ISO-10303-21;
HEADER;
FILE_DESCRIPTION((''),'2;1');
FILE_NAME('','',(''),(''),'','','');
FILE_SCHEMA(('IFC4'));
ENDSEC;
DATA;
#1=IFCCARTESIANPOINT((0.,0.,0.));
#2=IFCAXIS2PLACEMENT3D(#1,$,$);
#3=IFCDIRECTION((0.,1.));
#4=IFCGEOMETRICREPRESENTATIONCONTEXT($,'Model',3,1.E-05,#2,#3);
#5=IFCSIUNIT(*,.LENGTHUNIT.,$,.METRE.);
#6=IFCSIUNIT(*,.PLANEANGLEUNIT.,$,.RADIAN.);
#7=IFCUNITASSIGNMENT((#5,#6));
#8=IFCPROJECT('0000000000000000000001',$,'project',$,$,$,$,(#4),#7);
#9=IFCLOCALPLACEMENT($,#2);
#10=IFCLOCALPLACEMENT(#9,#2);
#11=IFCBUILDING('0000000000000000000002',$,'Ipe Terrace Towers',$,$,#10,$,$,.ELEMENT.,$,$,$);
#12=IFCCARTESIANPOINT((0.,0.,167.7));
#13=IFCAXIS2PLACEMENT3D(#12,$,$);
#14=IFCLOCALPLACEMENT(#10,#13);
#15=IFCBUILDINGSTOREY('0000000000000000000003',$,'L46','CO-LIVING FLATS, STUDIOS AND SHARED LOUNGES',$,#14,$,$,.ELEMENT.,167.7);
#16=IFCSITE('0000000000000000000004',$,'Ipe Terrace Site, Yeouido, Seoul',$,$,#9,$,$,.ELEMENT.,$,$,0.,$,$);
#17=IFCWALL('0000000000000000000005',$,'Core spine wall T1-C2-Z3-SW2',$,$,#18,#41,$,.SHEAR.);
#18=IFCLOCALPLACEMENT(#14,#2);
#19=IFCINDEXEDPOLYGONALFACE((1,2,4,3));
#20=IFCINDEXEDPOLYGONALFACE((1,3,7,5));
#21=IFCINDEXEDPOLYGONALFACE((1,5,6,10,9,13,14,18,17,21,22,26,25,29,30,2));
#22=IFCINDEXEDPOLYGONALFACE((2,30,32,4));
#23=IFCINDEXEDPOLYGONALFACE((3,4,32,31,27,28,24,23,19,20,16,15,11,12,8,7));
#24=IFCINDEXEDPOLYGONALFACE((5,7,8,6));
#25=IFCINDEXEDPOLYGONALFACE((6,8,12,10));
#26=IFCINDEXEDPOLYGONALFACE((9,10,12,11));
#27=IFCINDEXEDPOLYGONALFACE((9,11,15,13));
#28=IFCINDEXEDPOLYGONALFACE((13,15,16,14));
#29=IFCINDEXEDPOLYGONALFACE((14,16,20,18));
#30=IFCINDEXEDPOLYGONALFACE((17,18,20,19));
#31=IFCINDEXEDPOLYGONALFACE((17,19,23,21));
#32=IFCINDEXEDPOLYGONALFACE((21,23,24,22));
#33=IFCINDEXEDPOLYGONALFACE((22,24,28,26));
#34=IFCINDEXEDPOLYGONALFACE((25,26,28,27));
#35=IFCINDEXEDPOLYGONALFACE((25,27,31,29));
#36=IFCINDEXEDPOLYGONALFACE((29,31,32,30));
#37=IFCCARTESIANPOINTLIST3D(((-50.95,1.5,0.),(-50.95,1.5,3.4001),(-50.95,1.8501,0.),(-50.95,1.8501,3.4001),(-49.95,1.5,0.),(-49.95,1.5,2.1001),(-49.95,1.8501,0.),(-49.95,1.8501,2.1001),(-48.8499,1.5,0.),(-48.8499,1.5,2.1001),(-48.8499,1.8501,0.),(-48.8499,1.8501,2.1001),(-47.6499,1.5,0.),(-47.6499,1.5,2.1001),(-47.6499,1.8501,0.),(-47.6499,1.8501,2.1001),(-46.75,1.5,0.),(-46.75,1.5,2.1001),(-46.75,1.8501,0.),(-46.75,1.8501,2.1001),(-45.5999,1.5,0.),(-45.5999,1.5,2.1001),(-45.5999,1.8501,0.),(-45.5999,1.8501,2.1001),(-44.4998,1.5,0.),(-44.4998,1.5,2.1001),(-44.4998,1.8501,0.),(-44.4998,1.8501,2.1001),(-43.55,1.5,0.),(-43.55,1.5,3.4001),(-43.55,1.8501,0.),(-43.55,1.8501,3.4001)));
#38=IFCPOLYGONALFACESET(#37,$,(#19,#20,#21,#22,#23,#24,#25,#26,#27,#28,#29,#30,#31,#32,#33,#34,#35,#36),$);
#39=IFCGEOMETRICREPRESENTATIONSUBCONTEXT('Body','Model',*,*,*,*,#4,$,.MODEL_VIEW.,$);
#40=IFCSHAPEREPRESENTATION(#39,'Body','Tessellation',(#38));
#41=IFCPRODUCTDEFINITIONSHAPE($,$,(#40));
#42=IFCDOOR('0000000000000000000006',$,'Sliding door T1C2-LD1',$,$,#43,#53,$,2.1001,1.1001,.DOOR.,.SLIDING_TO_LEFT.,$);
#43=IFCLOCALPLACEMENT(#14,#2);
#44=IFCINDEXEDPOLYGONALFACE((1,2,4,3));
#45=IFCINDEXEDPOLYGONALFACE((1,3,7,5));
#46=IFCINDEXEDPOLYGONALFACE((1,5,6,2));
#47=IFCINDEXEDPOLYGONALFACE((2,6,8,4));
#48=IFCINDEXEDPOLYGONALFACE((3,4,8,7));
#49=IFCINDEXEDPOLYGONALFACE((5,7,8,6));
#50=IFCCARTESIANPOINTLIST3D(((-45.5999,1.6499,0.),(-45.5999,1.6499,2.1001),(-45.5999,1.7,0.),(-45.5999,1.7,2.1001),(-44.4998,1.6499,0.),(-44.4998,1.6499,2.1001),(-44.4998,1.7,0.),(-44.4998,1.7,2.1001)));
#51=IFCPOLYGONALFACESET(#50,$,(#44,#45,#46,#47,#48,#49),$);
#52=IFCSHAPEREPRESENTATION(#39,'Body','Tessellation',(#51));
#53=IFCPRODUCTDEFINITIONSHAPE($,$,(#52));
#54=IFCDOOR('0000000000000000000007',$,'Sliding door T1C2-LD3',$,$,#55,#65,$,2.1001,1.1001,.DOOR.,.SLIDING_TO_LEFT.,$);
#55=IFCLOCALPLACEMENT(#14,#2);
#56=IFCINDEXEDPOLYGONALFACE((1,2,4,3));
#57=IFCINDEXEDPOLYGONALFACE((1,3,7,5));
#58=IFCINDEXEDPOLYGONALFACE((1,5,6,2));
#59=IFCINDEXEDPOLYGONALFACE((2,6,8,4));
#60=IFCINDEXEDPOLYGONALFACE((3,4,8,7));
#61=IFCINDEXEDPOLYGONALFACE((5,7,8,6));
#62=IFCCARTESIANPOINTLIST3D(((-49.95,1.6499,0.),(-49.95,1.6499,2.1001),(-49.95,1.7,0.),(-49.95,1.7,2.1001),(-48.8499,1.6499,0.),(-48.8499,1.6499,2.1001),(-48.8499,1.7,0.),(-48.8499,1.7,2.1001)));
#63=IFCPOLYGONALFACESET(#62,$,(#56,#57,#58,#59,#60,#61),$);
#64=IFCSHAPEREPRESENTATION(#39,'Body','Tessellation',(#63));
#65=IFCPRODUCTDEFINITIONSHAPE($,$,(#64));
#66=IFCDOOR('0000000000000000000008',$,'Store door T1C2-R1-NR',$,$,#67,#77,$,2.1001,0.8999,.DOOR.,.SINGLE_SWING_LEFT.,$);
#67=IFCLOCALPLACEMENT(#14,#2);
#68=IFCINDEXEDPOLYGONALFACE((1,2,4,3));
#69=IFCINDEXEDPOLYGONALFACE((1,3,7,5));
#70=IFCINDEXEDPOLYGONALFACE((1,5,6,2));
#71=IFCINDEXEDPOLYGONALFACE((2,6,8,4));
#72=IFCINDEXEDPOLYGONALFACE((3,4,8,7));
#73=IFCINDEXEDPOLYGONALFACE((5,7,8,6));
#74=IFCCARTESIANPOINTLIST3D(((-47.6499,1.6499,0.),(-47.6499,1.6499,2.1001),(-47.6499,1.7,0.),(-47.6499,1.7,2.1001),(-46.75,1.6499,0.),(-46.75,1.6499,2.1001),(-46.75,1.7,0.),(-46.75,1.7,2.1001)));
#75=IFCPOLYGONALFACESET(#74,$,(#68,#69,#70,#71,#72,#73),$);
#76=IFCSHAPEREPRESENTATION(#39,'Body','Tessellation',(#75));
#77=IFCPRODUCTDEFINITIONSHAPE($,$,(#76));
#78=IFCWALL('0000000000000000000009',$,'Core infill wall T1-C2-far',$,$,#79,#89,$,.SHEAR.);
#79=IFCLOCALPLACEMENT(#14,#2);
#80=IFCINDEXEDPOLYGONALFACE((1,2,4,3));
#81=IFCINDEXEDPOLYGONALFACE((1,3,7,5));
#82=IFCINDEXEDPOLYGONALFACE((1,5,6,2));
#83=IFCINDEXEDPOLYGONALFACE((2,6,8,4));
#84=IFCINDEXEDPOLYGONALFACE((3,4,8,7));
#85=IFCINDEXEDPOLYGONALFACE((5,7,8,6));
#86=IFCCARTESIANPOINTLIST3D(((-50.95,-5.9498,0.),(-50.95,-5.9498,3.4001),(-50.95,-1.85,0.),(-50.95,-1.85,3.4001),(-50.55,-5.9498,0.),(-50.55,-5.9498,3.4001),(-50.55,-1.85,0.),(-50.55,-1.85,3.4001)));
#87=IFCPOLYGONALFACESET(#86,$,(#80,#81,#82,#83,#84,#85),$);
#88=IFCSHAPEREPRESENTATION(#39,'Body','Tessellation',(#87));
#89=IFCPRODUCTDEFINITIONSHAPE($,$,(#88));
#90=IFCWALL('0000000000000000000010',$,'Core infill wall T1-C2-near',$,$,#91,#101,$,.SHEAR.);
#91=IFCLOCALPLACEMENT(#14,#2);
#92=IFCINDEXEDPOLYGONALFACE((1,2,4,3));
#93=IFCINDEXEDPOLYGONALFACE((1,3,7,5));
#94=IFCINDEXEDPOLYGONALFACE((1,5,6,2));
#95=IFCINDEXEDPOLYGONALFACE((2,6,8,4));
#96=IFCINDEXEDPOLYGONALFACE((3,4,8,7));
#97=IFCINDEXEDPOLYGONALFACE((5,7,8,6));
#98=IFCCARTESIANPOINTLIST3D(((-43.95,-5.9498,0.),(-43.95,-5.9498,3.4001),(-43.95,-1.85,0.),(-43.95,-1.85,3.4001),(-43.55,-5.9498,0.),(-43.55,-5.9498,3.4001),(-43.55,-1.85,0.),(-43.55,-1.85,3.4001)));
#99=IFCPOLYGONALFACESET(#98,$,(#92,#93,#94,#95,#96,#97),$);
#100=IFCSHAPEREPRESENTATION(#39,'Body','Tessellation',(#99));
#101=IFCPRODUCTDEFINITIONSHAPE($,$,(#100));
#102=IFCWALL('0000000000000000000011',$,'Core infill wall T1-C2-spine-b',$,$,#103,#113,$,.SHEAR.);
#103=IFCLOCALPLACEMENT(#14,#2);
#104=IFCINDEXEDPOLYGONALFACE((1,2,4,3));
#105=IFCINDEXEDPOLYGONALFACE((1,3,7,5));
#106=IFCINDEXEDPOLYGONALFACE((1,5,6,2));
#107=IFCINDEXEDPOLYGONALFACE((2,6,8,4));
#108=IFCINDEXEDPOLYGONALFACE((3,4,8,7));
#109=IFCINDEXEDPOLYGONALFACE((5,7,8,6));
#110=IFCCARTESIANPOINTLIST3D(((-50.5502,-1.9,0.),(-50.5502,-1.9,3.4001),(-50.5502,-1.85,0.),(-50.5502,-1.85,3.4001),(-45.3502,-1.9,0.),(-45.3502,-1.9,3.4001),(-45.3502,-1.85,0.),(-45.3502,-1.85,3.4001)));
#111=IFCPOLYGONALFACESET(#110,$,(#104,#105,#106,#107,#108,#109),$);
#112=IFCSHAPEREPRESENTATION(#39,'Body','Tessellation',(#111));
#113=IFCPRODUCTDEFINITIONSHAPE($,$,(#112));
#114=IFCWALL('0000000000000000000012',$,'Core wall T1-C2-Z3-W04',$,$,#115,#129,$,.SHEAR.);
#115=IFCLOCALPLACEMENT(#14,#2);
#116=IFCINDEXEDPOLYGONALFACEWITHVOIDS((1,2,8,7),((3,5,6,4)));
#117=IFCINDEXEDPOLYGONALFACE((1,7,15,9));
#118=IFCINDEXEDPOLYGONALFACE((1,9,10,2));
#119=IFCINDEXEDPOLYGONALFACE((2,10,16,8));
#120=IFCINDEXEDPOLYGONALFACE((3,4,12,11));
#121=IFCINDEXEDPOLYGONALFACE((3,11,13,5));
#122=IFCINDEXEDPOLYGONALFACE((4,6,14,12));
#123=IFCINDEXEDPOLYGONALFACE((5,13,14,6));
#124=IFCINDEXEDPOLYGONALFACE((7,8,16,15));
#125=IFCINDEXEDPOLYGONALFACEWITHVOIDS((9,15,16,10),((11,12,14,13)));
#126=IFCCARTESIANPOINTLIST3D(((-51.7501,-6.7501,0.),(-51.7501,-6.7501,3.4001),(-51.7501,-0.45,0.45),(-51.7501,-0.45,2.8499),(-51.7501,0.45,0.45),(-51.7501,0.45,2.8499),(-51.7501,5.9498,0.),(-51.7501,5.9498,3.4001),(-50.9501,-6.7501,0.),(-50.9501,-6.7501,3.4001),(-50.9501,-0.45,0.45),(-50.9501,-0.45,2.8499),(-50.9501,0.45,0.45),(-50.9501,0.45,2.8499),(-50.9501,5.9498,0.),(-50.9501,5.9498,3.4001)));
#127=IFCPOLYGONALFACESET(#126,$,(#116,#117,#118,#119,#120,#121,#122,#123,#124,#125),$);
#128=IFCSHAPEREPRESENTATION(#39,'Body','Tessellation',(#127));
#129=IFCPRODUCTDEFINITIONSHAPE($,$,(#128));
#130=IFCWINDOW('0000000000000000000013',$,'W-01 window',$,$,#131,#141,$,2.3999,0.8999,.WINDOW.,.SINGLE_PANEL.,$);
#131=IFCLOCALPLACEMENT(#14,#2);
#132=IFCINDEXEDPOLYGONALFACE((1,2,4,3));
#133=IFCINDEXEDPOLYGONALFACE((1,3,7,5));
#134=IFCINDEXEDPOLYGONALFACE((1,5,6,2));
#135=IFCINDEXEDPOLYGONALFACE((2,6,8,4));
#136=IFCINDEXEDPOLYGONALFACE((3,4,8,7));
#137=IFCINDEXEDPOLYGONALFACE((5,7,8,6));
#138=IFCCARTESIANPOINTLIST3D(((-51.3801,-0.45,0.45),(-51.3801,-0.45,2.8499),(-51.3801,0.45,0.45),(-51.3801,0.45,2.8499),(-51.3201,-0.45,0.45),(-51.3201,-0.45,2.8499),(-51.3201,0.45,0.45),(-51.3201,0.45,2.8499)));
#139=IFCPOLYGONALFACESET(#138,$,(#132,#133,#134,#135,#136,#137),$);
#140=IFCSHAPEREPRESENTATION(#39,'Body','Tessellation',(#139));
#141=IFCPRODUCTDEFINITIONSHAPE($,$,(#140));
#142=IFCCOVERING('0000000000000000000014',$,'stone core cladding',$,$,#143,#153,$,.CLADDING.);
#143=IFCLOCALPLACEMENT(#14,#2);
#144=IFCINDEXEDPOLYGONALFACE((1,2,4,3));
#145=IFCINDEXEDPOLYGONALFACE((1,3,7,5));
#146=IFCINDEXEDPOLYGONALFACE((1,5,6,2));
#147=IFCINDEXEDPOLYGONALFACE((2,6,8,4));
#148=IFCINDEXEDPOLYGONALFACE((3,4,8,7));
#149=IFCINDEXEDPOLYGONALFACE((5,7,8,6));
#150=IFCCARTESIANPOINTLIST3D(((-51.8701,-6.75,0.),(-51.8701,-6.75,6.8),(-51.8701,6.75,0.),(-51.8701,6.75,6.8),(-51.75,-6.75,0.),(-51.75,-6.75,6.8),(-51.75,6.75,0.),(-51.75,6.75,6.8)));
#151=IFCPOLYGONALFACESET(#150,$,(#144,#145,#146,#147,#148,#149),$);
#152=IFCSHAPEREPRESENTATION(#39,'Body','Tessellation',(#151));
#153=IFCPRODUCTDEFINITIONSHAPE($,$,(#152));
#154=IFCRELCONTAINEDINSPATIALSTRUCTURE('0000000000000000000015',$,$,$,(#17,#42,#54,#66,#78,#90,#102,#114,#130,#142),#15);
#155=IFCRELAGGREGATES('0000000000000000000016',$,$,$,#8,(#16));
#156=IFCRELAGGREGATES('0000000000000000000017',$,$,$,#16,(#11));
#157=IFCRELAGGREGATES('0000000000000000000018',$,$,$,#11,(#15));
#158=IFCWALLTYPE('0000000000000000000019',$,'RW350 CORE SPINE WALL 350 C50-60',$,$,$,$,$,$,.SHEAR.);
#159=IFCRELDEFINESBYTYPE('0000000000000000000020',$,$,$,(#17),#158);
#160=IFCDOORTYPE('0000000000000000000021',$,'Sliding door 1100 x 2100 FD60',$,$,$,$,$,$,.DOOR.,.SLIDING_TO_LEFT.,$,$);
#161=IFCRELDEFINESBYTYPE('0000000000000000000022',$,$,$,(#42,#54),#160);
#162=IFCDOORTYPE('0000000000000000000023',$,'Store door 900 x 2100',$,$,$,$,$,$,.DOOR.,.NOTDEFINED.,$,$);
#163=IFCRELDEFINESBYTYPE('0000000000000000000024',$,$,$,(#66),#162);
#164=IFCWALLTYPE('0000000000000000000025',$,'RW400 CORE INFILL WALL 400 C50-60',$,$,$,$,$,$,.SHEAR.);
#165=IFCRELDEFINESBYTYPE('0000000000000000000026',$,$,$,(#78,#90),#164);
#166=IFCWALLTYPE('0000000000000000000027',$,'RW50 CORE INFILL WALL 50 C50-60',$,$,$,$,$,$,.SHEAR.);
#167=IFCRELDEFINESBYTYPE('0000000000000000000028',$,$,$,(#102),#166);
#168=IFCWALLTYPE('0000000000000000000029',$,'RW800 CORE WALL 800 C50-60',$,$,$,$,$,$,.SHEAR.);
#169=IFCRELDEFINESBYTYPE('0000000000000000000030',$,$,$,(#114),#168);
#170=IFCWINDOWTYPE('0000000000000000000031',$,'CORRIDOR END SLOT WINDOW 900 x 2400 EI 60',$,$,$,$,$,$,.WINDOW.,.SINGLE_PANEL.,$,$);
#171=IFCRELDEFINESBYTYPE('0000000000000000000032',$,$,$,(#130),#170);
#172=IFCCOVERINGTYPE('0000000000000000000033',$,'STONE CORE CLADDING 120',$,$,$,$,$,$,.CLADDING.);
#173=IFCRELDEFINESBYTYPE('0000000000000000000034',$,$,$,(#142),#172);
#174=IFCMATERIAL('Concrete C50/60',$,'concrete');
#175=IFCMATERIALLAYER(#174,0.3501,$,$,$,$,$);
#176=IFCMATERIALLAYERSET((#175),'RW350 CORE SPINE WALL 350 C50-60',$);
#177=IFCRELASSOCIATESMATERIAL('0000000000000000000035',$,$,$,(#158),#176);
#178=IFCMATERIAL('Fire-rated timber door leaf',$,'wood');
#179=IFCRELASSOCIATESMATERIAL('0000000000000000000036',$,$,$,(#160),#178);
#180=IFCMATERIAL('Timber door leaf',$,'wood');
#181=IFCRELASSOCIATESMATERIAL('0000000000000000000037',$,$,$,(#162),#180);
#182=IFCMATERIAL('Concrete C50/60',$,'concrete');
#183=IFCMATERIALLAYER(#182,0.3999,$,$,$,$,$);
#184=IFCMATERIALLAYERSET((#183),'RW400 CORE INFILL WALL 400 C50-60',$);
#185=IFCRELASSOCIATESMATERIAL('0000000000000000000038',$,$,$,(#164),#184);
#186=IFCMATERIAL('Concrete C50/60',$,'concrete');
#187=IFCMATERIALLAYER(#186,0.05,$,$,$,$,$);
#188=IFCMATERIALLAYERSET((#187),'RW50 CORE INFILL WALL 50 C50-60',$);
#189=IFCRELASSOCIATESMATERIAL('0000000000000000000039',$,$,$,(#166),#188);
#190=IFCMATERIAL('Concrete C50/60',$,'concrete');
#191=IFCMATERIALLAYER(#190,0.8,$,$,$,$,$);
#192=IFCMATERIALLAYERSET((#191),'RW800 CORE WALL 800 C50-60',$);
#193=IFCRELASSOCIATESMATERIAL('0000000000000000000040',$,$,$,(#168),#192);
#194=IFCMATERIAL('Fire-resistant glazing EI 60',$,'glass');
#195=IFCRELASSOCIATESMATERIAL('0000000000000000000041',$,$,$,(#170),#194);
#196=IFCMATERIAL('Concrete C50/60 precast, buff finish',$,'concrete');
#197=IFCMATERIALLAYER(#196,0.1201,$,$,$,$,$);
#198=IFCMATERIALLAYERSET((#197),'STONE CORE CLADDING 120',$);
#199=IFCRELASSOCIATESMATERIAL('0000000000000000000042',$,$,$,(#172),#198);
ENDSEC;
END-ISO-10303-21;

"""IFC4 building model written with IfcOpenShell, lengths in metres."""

from ifc_helpers import new_model, si_unit, direction, frame, frame_2d, origin, origin_2d, place, context, subcontext, project, spatial, rectangle, extrude, material, layer, layer_set, type_object, element, fill, save


model = new_model("IFC4")

# Units and contexts
model_context = context("Model", 3, precision=1e-05, world=origin(), true_north=direction((0.0, 1.0)))
body_context = subcontext(model_context, "Body", "Model", "MODEL_VIEW")
ifc_project = project(units=[si_unit("LENGTHUNIT", "METRE"), si_unit("PLANEANGLEUNIT", "RADIAN")], contexts=[model_context])

# Site, building, storey
site_placement = place(None, origin())
site = spatial("IfcSite", under=ifc_project, at=site_placement, Name="Ipe Terrace Site, Yeouido, Seoul", CompositionType="ELEMENT", RefElevation=0.0)
building_placement = place(site_placement, origin())
building = spatial("IfcBuilding", under=site, at=building_placement, Name="Ipe Terrace Towers", CompositionType="ELEMENT")
storey_placement = place(building_placement, frame((0.0, 0.0, 167.7)))
storey = spatial("IfcBuildingStorey", under=building, at=storey_placement, Name="L46", Description="CO-LIVING FLATS, STUDIOS AND SHARED LOUNGES", CompositionType="ELEMENT", Elevation=167.7)

# Shared definitions
ifc_material_1 = material(Name="Concrete C50/60", Category="concrete")
ifc_layer_1 = layer(ifc_material_1, 0.3501)
ifc_layer_set_1 = layer_set([ifc_layer_1], Name="RW350 CORE SPINE WALL 350 C50-60")
wall_type_1 = type_object("IfcWallType", Name="RW350 CORE SPINE WALL 350 C50-60", PredefinedType="SHEAR", material=ifc_layer_set_1)

# Wall, openings, doors
wall_1_placement = place(storey_placement, frame((-50.95, 1.675, 0.0), z_axis=(0.0, 0.0, 1.0), x_axis=(1.0, 0.0, 0.0)))
wall_1 = element("IfcWall", 1, at=wall_1_placement, inside=storey, type_object=wall_type_1, Name="Core spine wall T1-C2-Z3-SW2", PredefinedType="SHEAR", context=body_context, shape_type="SweptSolid", body=[
    extrude(rectangle(XDim=7.3999, YDim=0.3501, at=frame_2d((3.7, 0.0))), origin(), (0.0, 0.0, 1.0), 3.4001),
])
opening_1_placement = place(wall_1_placement, frame((5.3501, 0.0, 0.0)))
opening_1 = element("IfcOpeningElement", 2, at=opening_1_placement, cuts=wall_1, PredefinedType="OPENING", context=body_context, shape_type="SweptSolid", body=[
    extrude(rectangle(XDim=1.1001, YDim=2.1001, at=frame_2d((0.55, 1.05))), frame((0.0, 0.1851, 0.0), z_axis=(0.0, -1.0, 0.0), x_axis=(1.0, 0.0, 0.0)), (0.0, 0.0, 1.0), 0.3701),
])
opening_2_placement = place(wall_1_placement, frame((1.0, 0.0, 0.0)))
opening_2 = element("IfcOpeningElement", 3, at=opening_2_placement, cuts=wall_1, PredefinedType="OPENING", context=body_context, shape_type="SweptSolid", body=[
    extrude(rectangle(XDim=1.1001, YDim=2.1001, at=frame_2d((0.55, 1.05))), frame((0.0, 0.1851, 0.0), z_axis=(0.0, -1.0, 0.0), x_axis=(1.0, 0.0, 0.0)), (0.0, 0.0, 1.0), 0.3701),
])
opening_3_placement = place(wall_1_placement, frame((3.3, 0.0, 0.0)))
opening_3 = element("IfcOpeningElement", 4, at=opening_3_placement, cuts=wall_1, PredefinedType="OPENING", context=body_context, shape_type="SweptSolid", body=[
    extrude(rectangle(XDim=0.8999, YDim=2.1001, at=frame_2d((0.45, 1.05))), frame((0.0, 0.1851, 0.0), z_axis=(0.0, -1.0, 0.0), x_axis=(1.0, 0.0, 0.0)), (0.0, 0.0, 1.0), 0.3701),
])
ifc_material_2 = material(Name="Fire-rated timber door leaf", Category="wood")
door_type_1 = type_object("IfcDoorType", Name="Sliding door 1100 x 2100 FD60", OperationType="SLIDING_TO_LEFT", PredefinedType="DOOR", material=ifc_material_2)
door_1_placement = place(opening_1_placement, origin())
door_1 = element("IfcDoor", 5, at=door_1_placement, inside=storey, type_object=door_type_1, Name="Sliding door T1C2-LD1", OperationType="SLIDING_TO_LEFT", OverallHeight=2.1001, OverallWidth=1.1001, PredefinedType="DOOR", context=body_context, shape_type="SweptSolid", body=[
    extrude(rectangle(XDim=1.1001, YDim=2.1001, at=frame_2d((0.55, 1.05))), frame((0.0, 0.0249, 0.0), z_axis=(0.0, -1.0, 0.0), x_axis=(1.0, 0.0, 0.0)), (0.0, 0.0, 1.0), 0.05),
])
fill(opening_1, door_1)
door_2_placement = place(opening_2_placement, origin())
door_2 = element("IfcDoor", 6, at=door_2_placement, inside=storey, type_object=door_type_1, Name="Sliding door T1C2-LD3", OperationType="SLIDING_TO_LEFT", OverallHeight=2.1001, OverallWidth=1.1001, PredefinedType="DOOR", context=body_context, shape_type="SweptSolid", body=[
    extrude(rectangle(XDim=1.1001, YDim=2.1001, at=frame_2d((0.55, 1.05))), frame((0.0, 0.0249, 0.0), z_axis=(0.0, -1.0, 0.0), x_axis=(1.0, 0.0, 0.0)), (0.0, 0.0, 1.0), 0.05),
])
fill(opening_2, door_2)
ifc_material_3 = material(Name="Timber door leaf", Category="wood")
door_type_2 = type_object("IfcDoorType", Name="Store door 900 x 2100", OperationType="NOTDEFINED", PredefinedType="DOOR", material=ifc_material_3)
door_3_placement = place(opening_3_placement, origin())
door_3 = element("IfcDoor", 7, at=door_3_placement, inside=storey, type_object=door_type_2, Name="Store door T1C2-R1-NR", OperationType="SINGLE_SWING_LEFT", OverallHeight=2.1001, OverallWidth=0.8999, PredefinedType="DOOR", context=body_context, shape_type="SweptSolid", body=[
    extrude(rectangle(XDim=0.8999, YDim=2.1001, at=frame_2d((0.45, 1.05))), frame((0.0, 0.0249, 0.0), z_axis=(0.0, -1.0, 0.0), x_axis=(1.0, 0.0, 0.0)), (0.0, 0.0, 1.0), 0.05),
])
fill(opening_3, door_3)

# Walls
ifc_material_4 = material(Name="Concrete C50/60", Category="concrete")
ifc_layer_2 = layer(ifc_material_4, 0.3999)
ifc_layer_set_2 = layer_set([ifc_layer_2], Name="RW400 CORE INFILL WALL 400 C50-60")
wall_type_2 = type_object("IfcWallType", Name="RW400 CORE INFILL WALL 400 C50-60", PredefinedType="SHEAR", material=ifc_layer_set_2)
for number, where, z_axis, x_axis, name in (
    (8, (-50.75, -1.8501, 0.0), (0.0, 0.0, 1.0), (0.0, -1.0, 0.0), "Core infill wall T1-C2-far"),
    (9, (-43.75, -1.8501, 0.0), (0.0, 0.0, 1.0), (0.0, -1.0, 0.0), "Core infill wall T1-C2-near"),
):
    element("IfcWall", number, at=place(storey_placement, frame(where, z_axis=z_axis, x_axis=x_axis)), inside=storey, type_object=wall_type_2, Name=name, PredefinedType="SHEAR", context=body_context, shape_type="SweptSolid", body=[
        extrude(rectangle(XDim=4.0999, YDim=0.3999, at=frame_2d((2.0498, 0.0))), origin(), (0.0, 0.0, 1.0), 3.4001),
    ])
ifc_material_5 = material(Name="Concrete C50/60", Category="concrete")
ifc_layer_3 = layer(ifc_material_5, 0.05)
ifc_layer_set_3 = layer_set([ifc_layer_3], Name="RW50 CORE INFILL WALL 50 C50-60")
wall_type_3 = type_object("IfcWallType", Name="RW50 CORE INFILL WALL 50 C50-60", PredefinedType="SHEAR", material=ifc_layer_set_3)
wall_2_placement = place(storey_placement, frame((-45.3501, -1.875, 0.0), z_axis=(0.0, 0.0, 1.0), x_axis=(-1.0, 0.0, 0.0)))
element("IfcWall", 10, at=wall_2_placement, inside=storey, type_object=wall_type_3, Name="Core infill wall T1-C2-spine-b", PredefinedType="SHEAR", context=body_context, shape_type="SweptSolid", body=[
    extrude(rectangle(XDim=5.2, YDim=0.05, at=frame_2d((2.6001, 0.0))), origin(), (0.0, 0.0, 1.0), 3.4001),
])

# Wall, opening, window
ifc_material_6 = material(Name="Concrete C50/60", Category="concrete")
ifc_layer_4 = layer(ifc_material_6, 0.8)
ifc_layer_set_4 = layer_set([ifc_layer_4], Name="RW800 CORE WALL 800 C50-60")
wall_type_4 = type_object("IfcWallType", Name="RW800 CORE WALL 800 C50-60", PredefinedType="SHEAR", material=ifc_layer_set_4)
wall_3_placement = place(storey_placement, frame((-51.3501, 5.95, 0.0), z_axis=(0.0, 0.0, 1.0), x_axis=(0.0, -1.0, 0.0)))
wall_3 = element("IfcWall", 11, at=wall_3_placement, inside=storey, type_object=wall_type_4, Name="Core wall T1-C2-Z3-W04", PredefinedType="SHEAR", context=body_context, shape_type="SweptSolid", body=[
    extrude(rectangle(XDim=12.7, YDim=0.8, at=frame_2d((6.3501, 0.0))), origin(), (0.0, 0.0, 1.0), 3.4001),
])
opening_4_placement = place(wall_3_placement, frame((5.5, 0.0, 0.45)))
opening_4 = element("IfcOpeningElement", 12, at=opening_4_placement, cuts=wall_3, PredefinedType="OPENING", context=body_context, shape_type="SweptSolid", body=[
    extrude(rectangle(XDim=0.8999, YDim=2.3999, at=frame_2d((0.45, 1.2))), frame((0.0, 0.4102, 0.0), z_axis=(0.0, -1.0, 0.0), x_axis=(1.0, 0.0, 0.0)), (0.0, 0.0, 1.0), 0.8201),
])
ifc_material_7 = material(Name="Fire-resistant glazing EI 60", Category="glass")
window_type = type_object("IfcWindowType", Name="CORRIDOR END SLOT WINDOW 900 x 2400 EI 60", PartitioningType="SINGLE_PANEL", PredefinedType="WINDOW", material=ifc_material_7)
window_placement = place(opening_4_placement, origin())
window = element("IfcWindow", 13, at=window_placement, inside=storey, type_object=window_type, Name="W-01 window", OverallHeight=2.3999, OverallWidth=0.8999, PartitioningType="SINGLE_PANEL", PredefinedType="WINDOW", context=body_context, shape_type="SweptSolid", body=[
    extrude(rectangle(XDim=0.8999, YDim=2.3999, at=frame_2d((0.45, 1.2))), frame((0.0, 0.03, 0.0), z_axis=(0.0, -1.0, 0.0), x_axis=(1.0, 0.0, 0.0)), (0.0, 0.0, 1.0), 0.0601),
])
fill(opening_4, window)

# Covering
ifc_material_8 = material(Name="Concrete C50/60 precast, buff finish", Category="concrete")
ifc_layer_5 = layer(ifc_material_8, 0.1201)
ifc_layer_set_5 = layer_set([ifc_layer_5], Name="STONE CORE CLADDING 120")
covering_type = type_object("IfcCoveringType", Name="STONE CORE CLADDING 120", PredefinedType="CLADDING", material=ifc_layer_set_5)
covering_placement = place(storey_placement, frame((-51.8101, 0.0, 0.0), z_axis=(0.0, 0.0, 1.0), x_axis=(0.0, -1.0, 0.0)))
element("IfcCovering", 14, at=covering_placement, inside=storey, type_object=covering_type, Name="stone core cladding", PredefinedType="CLADDING", context=body_context, shape_type="SweptSolid", body=[
    extrude(rectangle(XDim=13.5, YDim=0.1201, at=origin_2d()), origin(), (0.0, 0.0, 1.0), 6.8),
])

save(model, "model.ifc")
